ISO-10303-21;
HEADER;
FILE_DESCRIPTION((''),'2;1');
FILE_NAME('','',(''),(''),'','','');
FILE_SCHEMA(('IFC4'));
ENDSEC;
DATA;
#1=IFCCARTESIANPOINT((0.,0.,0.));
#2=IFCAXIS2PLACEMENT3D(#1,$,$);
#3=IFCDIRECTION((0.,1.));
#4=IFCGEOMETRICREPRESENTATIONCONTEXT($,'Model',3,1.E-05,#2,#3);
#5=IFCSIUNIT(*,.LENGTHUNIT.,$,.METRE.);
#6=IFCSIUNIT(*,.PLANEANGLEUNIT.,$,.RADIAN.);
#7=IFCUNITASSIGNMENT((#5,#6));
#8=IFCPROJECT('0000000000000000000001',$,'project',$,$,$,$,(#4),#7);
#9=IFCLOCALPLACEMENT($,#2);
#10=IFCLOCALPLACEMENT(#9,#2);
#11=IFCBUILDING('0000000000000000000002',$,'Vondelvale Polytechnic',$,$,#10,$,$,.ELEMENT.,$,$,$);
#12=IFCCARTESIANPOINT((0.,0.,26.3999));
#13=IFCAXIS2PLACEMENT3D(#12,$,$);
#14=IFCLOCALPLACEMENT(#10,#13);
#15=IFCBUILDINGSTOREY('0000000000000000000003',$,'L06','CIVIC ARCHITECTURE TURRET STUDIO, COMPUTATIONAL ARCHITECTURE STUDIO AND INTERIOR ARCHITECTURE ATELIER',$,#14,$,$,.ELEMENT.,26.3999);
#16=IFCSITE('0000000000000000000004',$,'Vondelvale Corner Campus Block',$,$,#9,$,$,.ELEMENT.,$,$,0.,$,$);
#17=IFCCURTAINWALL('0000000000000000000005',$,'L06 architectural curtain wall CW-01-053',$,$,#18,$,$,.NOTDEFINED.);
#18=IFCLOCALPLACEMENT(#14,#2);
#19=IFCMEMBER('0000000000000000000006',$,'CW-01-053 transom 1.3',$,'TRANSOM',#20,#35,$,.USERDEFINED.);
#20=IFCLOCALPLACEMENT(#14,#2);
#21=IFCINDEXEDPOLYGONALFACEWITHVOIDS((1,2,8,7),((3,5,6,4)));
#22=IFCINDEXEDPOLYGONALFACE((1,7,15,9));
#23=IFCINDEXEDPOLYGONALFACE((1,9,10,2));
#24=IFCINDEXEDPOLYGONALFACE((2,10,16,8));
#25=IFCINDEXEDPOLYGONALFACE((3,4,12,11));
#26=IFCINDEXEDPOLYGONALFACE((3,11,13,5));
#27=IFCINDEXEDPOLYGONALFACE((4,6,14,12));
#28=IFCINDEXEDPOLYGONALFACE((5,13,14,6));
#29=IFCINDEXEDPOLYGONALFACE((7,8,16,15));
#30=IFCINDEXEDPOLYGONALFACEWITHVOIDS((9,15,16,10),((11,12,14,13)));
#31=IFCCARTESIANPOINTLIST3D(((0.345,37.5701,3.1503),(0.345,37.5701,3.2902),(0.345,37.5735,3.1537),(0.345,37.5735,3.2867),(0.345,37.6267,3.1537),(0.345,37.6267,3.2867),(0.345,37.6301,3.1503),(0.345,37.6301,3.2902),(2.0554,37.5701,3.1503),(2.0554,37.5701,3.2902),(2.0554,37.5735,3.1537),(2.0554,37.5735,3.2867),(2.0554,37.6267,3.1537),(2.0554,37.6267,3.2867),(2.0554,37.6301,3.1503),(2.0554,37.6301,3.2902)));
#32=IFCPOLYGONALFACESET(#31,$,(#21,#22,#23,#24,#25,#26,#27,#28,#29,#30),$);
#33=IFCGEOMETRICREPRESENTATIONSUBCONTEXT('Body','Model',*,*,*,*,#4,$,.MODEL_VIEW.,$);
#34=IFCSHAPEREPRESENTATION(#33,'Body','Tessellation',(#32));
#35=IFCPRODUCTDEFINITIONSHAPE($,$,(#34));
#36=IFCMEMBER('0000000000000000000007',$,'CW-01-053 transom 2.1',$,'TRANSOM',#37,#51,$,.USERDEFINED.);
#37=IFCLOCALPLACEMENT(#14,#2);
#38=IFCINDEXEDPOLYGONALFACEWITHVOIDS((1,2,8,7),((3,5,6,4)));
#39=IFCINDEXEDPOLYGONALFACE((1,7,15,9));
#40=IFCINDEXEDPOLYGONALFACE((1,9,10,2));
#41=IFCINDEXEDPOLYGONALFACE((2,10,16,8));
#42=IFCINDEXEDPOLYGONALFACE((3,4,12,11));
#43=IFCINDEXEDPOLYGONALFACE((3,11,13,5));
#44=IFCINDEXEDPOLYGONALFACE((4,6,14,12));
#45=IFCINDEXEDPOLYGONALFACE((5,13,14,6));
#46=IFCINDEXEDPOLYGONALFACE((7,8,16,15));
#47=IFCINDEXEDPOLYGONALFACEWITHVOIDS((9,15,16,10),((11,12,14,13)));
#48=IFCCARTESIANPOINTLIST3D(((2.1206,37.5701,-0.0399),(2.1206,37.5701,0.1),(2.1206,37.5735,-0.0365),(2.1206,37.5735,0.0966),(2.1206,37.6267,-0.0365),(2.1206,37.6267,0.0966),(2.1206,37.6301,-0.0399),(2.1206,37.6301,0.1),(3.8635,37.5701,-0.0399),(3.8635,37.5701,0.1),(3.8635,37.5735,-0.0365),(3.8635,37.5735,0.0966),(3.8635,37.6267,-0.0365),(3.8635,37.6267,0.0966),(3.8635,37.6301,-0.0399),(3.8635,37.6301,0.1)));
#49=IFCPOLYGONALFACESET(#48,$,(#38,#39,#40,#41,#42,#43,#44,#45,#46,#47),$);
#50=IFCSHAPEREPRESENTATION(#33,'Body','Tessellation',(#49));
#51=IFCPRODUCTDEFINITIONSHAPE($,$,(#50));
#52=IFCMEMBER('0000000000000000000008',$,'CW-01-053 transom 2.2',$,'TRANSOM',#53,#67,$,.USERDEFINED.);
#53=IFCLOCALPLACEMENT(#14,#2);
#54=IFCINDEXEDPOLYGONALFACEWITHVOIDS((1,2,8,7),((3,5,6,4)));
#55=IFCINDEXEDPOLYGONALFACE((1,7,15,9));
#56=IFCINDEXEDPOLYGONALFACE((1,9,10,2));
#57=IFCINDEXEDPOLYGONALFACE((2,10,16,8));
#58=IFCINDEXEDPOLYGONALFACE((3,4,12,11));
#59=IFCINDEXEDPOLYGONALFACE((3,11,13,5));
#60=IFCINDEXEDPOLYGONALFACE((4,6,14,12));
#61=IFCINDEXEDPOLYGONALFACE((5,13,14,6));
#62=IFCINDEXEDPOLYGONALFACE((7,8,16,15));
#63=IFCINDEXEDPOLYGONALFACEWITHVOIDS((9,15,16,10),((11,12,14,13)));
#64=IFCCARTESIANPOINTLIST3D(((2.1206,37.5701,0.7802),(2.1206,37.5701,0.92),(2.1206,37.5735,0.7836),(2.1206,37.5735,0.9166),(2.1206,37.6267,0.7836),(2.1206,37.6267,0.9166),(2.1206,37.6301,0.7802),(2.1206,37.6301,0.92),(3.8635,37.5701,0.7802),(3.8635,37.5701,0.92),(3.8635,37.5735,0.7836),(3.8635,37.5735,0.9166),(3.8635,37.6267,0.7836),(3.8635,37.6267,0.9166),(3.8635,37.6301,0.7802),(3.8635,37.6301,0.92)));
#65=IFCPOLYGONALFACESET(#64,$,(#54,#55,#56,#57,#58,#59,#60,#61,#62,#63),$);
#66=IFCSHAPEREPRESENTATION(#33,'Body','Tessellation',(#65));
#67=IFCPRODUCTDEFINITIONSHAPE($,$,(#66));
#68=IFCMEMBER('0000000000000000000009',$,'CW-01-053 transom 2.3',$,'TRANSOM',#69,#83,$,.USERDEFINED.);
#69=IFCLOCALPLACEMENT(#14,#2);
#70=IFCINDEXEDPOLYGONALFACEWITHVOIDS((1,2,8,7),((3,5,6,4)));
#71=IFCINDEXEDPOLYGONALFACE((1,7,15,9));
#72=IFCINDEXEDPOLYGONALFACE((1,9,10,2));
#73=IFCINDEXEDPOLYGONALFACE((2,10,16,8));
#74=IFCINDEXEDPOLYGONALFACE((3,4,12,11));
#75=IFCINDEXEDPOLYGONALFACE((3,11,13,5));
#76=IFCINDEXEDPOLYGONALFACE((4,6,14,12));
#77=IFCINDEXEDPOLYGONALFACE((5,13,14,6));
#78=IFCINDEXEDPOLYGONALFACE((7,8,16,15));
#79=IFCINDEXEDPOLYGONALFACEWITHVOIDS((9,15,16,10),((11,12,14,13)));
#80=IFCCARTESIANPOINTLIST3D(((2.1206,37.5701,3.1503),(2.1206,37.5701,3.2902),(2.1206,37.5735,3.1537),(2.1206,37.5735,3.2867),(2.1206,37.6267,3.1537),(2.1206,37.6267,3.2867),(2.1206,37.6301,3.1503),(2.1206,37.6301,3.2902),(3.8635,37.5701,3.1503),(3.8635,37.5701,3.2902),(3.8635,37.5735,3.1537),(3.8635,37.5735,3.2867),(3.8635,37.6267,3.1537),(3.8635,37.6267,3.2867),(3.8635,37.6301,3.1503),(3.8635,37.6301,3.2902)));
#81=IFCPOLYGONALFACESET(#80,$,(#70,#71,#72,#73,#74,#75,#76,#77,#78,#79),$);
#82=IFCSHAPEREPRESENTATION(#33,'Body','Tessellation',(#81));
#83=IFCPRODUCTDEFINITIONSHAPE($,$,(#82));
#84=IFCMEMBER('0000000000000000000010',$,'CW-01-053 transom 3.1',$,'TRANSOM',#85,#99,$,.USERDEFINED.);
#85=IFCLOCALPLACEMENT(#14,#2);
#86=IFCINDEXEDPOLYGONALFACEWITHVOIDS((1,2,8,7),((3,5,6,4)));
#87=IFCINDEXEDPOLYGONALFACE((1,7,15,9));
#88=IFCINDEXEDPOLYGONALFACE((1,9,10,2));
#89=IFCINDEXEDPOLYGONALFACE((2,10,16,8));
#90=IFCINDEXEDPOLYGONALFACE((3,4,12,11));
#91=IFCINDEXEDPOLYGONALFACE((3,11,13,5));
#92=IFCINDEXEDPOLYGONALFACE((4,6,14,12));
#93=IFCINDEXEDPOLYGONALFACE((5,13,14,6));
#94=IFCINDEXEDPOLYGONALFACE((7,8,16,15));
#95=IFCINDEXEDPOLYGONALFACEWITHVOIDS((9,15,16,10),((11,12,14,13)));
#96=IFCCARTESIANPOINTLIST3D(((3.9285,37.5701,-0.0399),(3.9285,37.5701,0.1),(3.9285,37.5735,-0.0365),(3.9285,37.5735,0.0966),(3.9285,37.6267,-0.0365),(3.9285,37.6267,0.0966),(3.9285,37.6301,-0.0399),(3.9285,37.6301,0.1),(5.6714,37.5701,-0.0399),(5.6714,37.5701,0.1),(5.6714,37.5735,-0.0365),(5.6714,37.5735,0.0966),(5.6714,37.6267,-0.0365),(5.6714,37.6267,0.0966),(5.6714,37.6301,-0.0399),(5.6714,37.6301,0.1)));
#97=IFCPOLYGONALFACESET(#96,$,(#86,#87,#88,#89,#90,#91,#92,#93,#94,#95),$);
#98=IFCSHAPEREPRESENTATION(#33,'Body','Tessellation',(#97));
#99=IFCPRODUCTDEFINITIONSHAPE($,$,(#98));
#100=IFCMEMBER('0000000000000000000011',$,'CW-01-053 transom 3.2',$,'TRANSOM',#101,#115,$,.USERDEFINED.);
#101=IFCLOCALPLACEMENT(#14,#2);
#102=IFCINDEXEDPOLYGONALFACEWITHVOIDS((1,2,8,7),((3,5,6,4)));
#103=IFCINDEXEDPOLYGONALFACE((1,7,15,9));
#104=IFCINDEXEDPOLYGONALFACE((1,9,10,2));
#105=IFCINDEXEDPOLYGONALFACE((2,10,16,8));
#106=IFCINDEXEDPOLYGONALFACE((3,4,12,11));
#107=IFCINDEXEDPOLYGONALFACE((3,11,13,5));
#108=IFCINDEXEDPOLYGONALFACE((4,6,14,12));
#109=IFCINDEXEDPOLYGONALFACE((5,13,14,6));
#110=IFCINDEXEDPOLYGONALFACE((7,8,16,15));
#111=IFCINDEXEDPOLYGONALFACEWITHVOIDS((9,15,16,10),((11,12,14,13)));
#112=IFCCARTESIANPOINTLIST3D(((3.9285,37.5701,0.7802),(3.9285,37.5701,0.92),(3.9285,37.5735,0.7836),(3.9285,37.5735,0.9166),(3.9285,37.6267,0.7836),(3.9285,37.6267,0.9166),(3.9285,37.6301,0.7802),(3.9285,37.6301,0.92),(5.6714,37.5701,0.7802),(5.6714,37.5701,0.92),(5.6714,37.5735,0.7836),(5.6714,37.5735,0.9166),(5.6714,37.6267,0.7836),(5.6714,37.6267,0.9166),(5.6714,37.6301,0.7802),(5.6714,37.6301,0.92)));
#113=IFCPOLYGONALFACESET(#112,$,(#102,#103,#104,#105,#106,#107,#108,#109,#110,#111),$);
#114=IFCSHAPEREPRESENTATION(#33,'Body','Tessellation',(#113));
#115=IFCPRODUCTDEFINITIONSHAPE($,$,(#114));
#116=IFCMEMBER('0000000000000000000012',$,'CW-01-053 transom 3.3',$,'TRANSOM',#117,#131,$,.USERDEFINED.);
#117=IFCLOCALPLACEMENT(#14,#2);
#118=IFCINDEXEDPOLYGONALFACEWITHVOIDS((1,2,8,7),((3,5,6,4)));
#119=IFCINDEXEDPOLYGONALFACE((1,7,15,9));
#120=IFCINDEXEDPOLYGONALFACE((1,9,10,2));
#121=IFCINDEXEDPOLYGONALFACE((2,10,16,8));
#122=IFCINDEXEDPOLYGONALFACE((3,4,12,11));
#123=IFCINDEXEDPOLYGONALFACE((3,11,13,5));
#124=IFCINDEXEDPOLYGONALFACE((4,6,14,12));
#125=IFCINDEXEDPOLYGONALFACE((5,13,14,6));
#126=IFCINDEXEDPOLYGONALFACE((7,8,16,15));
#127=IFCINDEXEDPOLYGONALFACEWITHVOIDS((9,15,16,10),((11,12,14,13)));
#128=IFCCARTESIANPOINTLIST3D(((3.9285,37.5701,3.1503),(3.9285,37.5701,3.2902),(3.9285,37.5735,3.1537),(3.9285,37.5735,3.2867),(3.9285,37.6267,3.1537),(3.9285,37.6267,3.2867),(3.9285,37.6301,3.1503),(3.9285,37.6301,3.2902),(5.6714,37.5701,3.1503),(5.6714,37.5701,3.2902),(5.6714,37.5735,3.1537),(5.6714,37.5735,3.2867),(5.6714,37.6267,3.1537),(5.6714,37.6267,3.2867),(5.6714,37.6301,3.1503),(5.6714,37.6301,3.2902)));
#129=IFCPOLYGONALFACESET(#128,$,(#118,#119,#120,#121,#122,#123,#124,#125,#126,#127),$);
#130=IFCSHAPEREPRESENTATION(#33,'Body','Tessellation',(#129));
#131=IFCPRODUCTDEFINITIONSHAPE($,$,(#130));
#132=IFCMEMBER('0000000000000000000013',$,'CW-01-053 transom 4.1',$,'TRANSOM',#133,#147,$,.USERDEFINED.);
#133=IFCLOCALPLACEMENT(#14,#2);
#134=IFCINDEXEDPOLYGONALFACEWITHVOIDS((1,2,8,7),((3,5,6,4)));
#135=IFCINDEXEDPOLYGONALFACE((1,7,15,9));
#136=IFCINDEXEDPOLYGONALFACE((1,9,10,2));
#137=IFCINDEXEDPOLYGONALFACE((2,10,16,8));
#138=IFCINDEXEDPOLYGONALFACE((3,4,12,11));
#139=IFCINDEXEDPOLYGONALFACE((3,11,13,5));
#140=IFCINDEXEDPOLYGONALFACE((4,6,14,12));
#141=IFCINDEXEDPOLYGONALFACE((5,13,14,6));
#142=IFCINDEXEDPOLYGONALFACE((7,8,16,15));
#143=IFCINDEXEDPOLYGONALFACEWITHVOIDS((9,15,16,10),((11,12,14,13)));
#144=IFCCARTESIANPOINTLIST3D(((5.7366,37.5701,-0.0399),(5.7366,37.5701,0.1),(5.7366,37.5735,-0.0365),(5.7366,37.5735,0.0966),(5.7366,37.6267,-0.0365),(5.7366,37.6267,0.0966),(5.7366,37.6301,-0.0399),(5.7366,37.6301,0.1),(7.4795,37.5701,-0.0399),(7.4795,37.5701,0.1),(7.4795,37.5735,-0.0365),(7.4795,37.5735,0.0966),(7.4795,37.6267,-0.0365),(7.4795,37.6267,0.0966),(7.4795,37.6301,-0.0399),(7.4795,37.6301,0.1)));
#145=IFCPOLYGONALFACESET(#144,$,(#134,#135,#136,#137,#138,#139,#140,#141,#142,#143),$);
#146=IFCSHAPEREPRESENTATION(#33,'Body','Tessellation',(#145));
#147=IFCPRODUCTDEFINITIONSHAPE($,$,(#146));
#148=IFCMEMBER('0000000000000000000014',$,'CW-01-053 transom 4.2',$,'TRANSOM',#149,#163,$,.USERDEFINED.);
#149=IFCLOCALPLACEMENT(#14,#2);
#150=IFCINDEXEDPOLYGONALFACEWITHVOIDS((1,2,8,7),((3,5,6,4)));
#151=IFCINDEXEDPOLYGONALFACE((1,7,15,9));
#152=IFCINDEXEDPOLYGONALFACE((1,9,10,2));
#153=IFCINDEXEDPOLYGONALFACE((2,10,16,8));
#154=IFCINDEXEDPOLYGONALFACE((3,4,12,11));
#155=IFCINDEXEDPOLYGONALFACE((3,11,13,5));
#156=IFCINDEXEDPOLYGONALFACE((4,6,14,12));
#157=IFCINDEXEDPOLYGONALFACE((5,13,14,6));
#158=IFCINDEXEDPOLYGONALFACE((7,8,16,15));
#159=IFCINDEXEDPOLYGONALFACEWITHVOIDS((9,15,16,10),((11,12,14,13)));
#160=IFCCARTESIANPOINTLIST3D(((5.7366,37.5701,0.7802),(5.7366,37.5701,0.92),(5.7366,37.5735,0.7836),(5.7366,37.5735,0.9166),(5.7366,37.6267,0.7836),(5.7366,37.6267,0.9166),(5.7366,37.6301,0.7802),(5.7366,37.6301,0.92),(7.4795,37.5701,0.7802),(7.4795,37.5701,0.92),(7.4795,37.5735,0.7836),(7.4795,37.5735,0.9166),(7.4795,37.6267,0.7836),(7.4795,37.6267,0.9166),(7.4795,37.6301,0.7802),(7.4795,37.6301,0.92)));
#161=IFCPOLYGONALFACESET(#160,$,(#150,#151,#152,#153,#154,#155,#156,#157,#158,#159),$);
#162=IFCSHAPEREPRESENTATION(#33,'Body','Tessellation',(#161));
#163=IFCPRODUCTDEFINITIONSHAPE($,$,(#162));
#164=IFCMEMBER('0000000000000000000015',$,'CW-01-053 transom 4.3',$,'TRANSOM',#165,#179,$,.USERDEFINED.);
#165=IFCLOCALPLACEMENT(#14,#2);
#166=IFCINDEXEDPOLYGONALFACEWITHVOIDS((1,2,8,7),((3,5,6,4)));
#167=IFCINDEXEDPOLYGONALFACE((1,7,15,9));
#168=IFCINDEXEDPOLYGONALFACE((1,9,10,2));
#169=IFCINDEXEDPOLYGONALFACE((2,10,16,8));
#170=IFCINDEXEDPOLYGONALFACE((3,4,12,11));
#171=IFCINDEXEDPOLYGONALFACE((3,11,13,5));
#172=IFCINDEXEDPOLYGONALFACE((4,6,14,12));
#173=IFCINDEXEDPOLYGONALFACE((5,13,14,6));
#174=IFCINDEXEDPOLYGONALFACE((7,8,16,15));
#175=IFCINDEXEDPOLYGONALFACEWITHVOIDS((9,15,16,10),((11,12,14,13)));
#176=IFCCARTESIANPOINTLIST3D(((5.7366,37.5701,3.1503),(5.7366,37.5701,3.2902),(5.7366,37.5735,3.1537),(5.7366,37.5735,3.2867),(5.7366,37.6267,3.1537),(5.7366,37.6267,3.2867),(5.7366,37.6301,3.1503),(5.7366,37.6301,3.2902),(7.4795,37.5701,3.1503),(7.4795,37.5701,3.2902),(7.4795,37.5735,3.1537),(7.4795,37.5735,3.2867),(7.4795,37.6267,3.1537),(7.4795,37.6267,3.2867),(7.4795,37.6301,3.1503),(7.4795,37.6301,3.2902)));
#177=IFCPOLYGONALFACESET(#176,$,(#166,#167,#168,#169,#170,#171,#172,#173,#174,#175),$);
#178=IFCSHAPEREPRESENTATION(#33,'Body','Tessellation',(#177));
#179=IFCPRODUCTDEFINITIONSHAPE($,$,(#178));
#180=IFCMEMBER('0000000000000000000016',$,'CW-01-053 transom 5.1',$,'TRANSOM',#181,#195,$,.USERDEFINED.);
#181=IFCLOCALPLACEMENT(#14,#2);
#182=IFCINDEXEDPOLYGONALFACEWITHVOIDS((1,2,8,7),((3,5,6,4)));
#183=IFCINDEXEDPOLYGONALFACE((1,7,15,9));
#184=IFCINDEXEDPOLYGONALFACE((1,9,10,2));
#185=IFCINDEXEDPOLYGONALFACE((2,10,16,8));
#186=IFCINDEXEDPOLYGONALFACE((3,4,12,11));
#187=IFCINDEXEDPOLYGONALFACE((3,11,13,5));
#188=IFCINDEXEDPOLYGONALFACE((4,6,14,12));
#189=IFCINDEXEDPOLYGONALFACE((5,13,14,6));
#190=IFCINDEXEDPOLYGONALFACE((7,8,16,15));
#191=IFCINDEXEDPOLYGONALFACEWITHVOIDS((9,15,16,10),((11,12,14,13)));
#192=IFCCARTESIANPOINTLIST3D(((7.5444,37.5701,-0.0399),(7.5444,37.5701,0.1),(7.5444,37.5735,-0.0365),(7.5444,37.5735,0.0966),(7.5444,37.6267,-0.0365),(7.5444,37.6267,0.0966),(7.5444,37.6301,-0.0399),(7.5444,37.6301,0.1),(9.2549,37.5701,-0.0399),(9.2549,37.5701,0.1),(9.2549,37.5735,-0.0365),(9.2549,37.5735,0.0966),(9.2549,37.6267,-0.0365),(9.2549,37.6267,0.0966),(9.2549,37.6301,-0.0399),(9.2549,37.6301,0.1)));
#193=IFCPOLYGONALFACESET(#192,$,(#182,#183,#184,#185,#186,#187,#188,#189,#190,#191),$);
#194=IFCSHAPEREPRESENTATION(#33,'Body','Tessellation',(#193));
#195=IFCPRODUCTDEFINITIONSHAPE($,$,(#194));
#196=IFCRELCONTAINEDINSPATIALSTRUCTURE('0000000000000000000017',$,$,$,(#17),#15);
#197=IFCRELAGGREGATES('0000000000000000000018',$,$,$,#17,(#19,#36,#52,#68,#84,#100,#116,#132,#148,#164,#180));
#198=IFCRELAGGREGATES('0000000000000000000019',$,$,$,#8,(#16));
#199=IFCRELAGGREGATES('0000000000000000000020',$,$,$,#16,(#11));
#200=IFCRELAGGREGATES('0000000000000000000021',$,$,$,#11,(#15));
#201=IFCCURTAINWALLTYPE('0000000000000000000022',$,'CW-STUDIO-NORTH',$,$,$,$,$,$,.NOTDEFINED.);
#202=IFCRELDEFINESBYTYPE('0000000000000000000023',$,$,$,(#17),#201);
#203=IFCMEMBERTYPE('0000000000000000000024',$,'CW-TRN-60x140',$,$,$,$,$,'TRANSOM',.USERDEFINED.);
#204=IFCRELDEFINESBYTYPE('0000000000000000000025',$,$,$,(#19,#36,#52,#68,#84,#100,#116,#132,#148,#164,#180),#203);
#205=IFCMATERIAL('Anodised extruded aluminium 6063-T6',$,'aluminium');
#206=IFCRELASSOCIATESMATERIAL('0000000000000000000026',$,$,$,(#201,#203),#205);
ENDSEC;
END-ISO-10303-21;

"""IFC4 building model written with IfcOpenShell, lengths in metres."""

from ifc_helpers import new_model, si_unit, direction, frame, origin, origin_2d, place, context, subcontext, project, spatial, hollow_rectangle, extrude, material, material_profile, profile_set, type_object, element, aggregate, save


model = new_model("IFC4")

# Units and contexts
model_context = context("Model", 3, precision=1e-05, world=origin(), true_north=direction((0.0, 1.0)))
body_context = subcontext(model_context, "Body", "Model", "MODEL_VIEW")
ifc_project = project(units=[si_unit("LENGTHUNIT", "METRE"), si_unit("PLANEANGLEUNIT", "RADIAN")], contexts=[model_context])

# Site, building, storey
site_placement = place(None, origin())
site = spatial("IfcSite", under=ifc_project, at=site_placement, Name="Vondelvale Corner Campus Block", CompositionType="ELEMENT", RefElevation=0.0)
building_placement = place(site_placement, origin())
building = spatial("IfcBuilding", under=site, at=building_placement, Name="Vondelvale Polytechnic", CompositionType="ELEMENT")
storey_placement = place(building_placement, frame((0.0, 0.0, 26.3999)))
storey = spatial("IfcBuildingStorey", under=building, at=storey_placement, Name="L06", Description="CIVIC ARCHITECTURE TURRET STUDIO, COMPUTATIONAL ARCHITECTURE STUDIO AND INTERIOR ARCHITECTURE ATELIER", CompositionType="ELEMENT", Elevation=26.3999)

# Curtain wall
ifc_material_1 = material(Name="Anodised extruded aluminium 6063-T6", Category="aluminium")
curtain_wall_type = type_object("IfcCurtainWallType", Name="CW-STUDIO-NORTH", PredefinedType="NOTDEFINED", material=ifc_material_1)
curtain_wall_1_placement = place(storey_placement, origin())
curtain_wall_1 = element("IfcCurtainWall", 1, at=curtain_wall_1_placement, inside=storey, type_object=curtain_wall_type, Name="L06 architectural curtain wall CW-01-053", PredefinedType="NOTDEFINED")

# Members
ifc_material_profile_1 = material_profile(ifc_material_1, hollow_rectangle(XDim=0.0601, YDim=0.1399, WallThickness=0.0034, at=origin_2d()), Name="CW-TRN-140x60")
ifc_profile_set_1 = profile_set([ifc_material_profile_1], Name="Anodised extruded aluminium 6063-T6")
member_type_1 = type_object("IfcMemberType", Name="CW-TRN-60x140", ElementType="TRANSOM", PredefinedType="USERDEFINED", material=ifc_profile_set_1)
member_1_placement = place(storey_placement, frame((0.345, 37.6001, 3.2202), z_axis=(1.0, 0.0, 0.0), x_axis=(0.0, 1.0, 0.0)))
member_1 = element("IfcMember", 2, at=member_1_placement, type_object=member_type_1, Name="CW-01-053 transom 1.3", ObjectType="TRANSOM", PredefinedType="USERDEFINED", context=body_context, shape_type="SweptSolid", body=[
    extrude(hollow_rectangle(XDim=0.0601, YDim=0.1399, WallThickness=0.0034, at=origin_2d()), origin(), (0.0, 0.0, 1.0), 1.7104),
])
member_2_placement = place(storey_placement, frame((2.1206, 37.6001, 0.03), z_axis=(1.0, 0.0, 0.0), x_axis=(0.0, 1.0, 0.0)))
member_2 = element("IfcMember", 3, at=member_2_placement, type_object=member_type_1, Name="CW-01-053 transom 2.1", ObjectType="TRANSOM", PredefinedType="USERDEFINED", context=body_context, shape_type="SweptSolid", body=[
    extrude(hollow_rectangle(XDim=0.0601, YDim=0.1399, WallThickness=0.0034, at=origin_2d()), origin(), (0.0, 0.0, 1.0), 1.7429),
])
member_3_placement = place(storey_placement, frame((2.1206, 37.6001, 0.8501), z_axis=(1.0, 0.0, 0.0), x_axis=(0.0, 1.0, 0.0)))
member_3 = element("IfcMember", 4, at=member_3_placement, type_object=member_type_1, Name="CW-01-053 transom 2.2", ObjectType="TRANSOM", PredefinedType="USERDEFINED", context=body_context, shape_type="SweptSolid", body=[
    extrude(hollow_rectangle(XDim=0.0601, YDim=0.1399, WallThickness=0.0034, at=origin_2d()), origin(), (0.0, 0.0, 1.0), 1.7429),
])
member_4_placement = place(storey_placement, frame((2.1206, 37.6001, 3.2202), z_axis=(1.0, 0.0, 0.0), x_axis=(0.0, 1.0, 0.0)))
member_4 = element("IfcMember", 5, at=member_4_placement, type_object=member_type_1, Name="CW-01-053 transom 2.3", ObjectType="TRANSOM", PredefinedType="USERDEFINED", context=body_context, shape_type="SweptSolid", body=[
    extrude(hollow_rectangle(XDim=0.0601, YDim=0.1399, WallThickness=0.0034, at=origin_2d()), origin(), (0.0, 0.0, 1.0), 1.7429),
])
member_5_placement = place(storey_placement, frame((3.9285, 37.6001, 0.03), z_axis=(1.0, 0.0, 0.0), x_axis=(0.0, 1.0, 0.0)))
member_5 = element("IfcMember", 6, at=member_5_placement, type_object=member_type_1, Name="CW-01-053 transom 3.1", ObjectType="TRANSOM", PredefinedType="USERDEFINED", context=body_context, shape_type="SweptSolid", body=[
    extrude(hollow_rectangle(XDim=0.0601, YDim=0.1399, WallThickness=0.0034, at=origin_2d()), origin(), (0.0, 0.0, 1.0), 1.7429),
])
member_6_placement = place(storey_placement, frame((3.9285, 37.6001, 0.8501), z_axis=(1.0, 0.0, 0.0), x_axis=(0.0, 1.0, 0.0)))
member_6 = element("IfcMember", 7, at=member_6_placement, type_object=member_type_1, Name="CW-01-053 transom 3.2", ObjectType="TRANSOM", PredefinedType="USERDEFINED", context=body_context, shape_type="SweptSolid", body=[
    extrude(hollow_rectangle(XDim=0.0601, YDim=0.1399, WallThickness=0.0034, at=origin_2d()), origin(), (0.0, 0.0, 1.0), 1.7429),
])
member_7_placement = place(storey_placement, frame((3.9285, 37.6001, 3.2202), z_axis=(1.0, 0.0, 0.0), x_axis=(0.0, 1.0, 0.0)))
member_7 = element("IfcMember", 8, at=member_7_placement, type_object=member_type_1, Name="CW-01-053 transom 3.3", ObjectType="TRANSOM", PredefinedType="USERDEFINED", context=body_context, shape_type="SweptSolid", body=[
    extrude(hollow_rectangle(XDim=0.0601, YDim=0.1399, WallThickness=0.0034, at=origin_2d()), origin(), (0.0, 0.0, 1.0), 1.7429),
])
member_8_placement = place(storey_placement, frame((5.7366, 37.6001, 0.03), z_axis=(1.0, 0.0, 0.0), x_axis=(0.0, 1.0, 0.0)))
member_8 = element("IfcMember", 9, at=member_8_placement, type_object=member_type_1, Name="CW-01-053 transom 4.1", ObjectType="TRANSOM", PredefinedType="USERDEFINED", context=body_context, shape_type="SweptSolid", body=[
    extrude(hollow_rectangle(XDim=0.0601, YDim=0.1399, WallThickness=0.0034, at=origin_2d()), origin(), (0.0, 0.0, 1.0), 1.7429),
])
member_9_placement = place(storey_placement, frame((5.7366, 37.6001, 0.8501), z_axis=(1.0, 0.0, 0.0), x_axis=(0.0, 1.0, 0.0)))
member_9 = element("IfcMember", 10, at=member_9_placement, type_object=member_type_1, Name="CW-01-053 transom 4.2", ObjectType="TRANSOM", PredefinedType="USERDEFINED", context=body_context, shape_type="SweptSolid", body=[
    extrude(hollow_rectangle(XDim=0.0601, YDim=0.1399, WallThickness=0.0034, at=origin_2d()), origin(), (0.0, 0.0, 1.0), 1.7429),
])
member_10_placement = place(storey_placement, frame((5.7366, 37.6001, 3.2202), z_axis=(1.0, 0.0, 0.0), x_axis=(0.0, 1.0, 0.0)))
member_10 = element("IfcMember", 11, at=member_10_placement, type_object=member_type_1, Name="CW-01-053 transom 4.3", ObjectType="TRANSOM", PredefinedType="USERDEFINED", context=body_context, shape_type="SweptSolid", body=[
    extrude(hollow_rectangle(XDim=0.0601, YDim=0.1399, WallThickness=0.0034, at=origin_2d()), origin(), (0.0, 0.0, 1.0), 1.7429),
])
member_11_placement = place(storey_placement, frame((7.5444, 37.6001, 0.03), z_axis=(1.0, 0.0, 0.0), x_axis=(0.0, 1.0, 0.0)))
member_11 = element("IfcMember", 12, at=member_11_placement, type_object=member_type_1, Name="CW-01-053 transom 5.1", ObjectType="TRANSOM", PredefinedType="USERDEFINED", context=body_context, shape_type="SweptSolid", body=[
    extrude(hollow_rectangle(XDim=0.0601, YDim=0.1399, WallThickness=0.0034, at=origin_2d()), origin(), (0.0, 0.0, 1.0), 1.7104),
])

aggregate(curtain_wall_1, [member_1, member_2, member_3, member_4, member_5, member_6, member_7, member_8, member_9, member_10, member_11])

save(model, "model.ifc")
